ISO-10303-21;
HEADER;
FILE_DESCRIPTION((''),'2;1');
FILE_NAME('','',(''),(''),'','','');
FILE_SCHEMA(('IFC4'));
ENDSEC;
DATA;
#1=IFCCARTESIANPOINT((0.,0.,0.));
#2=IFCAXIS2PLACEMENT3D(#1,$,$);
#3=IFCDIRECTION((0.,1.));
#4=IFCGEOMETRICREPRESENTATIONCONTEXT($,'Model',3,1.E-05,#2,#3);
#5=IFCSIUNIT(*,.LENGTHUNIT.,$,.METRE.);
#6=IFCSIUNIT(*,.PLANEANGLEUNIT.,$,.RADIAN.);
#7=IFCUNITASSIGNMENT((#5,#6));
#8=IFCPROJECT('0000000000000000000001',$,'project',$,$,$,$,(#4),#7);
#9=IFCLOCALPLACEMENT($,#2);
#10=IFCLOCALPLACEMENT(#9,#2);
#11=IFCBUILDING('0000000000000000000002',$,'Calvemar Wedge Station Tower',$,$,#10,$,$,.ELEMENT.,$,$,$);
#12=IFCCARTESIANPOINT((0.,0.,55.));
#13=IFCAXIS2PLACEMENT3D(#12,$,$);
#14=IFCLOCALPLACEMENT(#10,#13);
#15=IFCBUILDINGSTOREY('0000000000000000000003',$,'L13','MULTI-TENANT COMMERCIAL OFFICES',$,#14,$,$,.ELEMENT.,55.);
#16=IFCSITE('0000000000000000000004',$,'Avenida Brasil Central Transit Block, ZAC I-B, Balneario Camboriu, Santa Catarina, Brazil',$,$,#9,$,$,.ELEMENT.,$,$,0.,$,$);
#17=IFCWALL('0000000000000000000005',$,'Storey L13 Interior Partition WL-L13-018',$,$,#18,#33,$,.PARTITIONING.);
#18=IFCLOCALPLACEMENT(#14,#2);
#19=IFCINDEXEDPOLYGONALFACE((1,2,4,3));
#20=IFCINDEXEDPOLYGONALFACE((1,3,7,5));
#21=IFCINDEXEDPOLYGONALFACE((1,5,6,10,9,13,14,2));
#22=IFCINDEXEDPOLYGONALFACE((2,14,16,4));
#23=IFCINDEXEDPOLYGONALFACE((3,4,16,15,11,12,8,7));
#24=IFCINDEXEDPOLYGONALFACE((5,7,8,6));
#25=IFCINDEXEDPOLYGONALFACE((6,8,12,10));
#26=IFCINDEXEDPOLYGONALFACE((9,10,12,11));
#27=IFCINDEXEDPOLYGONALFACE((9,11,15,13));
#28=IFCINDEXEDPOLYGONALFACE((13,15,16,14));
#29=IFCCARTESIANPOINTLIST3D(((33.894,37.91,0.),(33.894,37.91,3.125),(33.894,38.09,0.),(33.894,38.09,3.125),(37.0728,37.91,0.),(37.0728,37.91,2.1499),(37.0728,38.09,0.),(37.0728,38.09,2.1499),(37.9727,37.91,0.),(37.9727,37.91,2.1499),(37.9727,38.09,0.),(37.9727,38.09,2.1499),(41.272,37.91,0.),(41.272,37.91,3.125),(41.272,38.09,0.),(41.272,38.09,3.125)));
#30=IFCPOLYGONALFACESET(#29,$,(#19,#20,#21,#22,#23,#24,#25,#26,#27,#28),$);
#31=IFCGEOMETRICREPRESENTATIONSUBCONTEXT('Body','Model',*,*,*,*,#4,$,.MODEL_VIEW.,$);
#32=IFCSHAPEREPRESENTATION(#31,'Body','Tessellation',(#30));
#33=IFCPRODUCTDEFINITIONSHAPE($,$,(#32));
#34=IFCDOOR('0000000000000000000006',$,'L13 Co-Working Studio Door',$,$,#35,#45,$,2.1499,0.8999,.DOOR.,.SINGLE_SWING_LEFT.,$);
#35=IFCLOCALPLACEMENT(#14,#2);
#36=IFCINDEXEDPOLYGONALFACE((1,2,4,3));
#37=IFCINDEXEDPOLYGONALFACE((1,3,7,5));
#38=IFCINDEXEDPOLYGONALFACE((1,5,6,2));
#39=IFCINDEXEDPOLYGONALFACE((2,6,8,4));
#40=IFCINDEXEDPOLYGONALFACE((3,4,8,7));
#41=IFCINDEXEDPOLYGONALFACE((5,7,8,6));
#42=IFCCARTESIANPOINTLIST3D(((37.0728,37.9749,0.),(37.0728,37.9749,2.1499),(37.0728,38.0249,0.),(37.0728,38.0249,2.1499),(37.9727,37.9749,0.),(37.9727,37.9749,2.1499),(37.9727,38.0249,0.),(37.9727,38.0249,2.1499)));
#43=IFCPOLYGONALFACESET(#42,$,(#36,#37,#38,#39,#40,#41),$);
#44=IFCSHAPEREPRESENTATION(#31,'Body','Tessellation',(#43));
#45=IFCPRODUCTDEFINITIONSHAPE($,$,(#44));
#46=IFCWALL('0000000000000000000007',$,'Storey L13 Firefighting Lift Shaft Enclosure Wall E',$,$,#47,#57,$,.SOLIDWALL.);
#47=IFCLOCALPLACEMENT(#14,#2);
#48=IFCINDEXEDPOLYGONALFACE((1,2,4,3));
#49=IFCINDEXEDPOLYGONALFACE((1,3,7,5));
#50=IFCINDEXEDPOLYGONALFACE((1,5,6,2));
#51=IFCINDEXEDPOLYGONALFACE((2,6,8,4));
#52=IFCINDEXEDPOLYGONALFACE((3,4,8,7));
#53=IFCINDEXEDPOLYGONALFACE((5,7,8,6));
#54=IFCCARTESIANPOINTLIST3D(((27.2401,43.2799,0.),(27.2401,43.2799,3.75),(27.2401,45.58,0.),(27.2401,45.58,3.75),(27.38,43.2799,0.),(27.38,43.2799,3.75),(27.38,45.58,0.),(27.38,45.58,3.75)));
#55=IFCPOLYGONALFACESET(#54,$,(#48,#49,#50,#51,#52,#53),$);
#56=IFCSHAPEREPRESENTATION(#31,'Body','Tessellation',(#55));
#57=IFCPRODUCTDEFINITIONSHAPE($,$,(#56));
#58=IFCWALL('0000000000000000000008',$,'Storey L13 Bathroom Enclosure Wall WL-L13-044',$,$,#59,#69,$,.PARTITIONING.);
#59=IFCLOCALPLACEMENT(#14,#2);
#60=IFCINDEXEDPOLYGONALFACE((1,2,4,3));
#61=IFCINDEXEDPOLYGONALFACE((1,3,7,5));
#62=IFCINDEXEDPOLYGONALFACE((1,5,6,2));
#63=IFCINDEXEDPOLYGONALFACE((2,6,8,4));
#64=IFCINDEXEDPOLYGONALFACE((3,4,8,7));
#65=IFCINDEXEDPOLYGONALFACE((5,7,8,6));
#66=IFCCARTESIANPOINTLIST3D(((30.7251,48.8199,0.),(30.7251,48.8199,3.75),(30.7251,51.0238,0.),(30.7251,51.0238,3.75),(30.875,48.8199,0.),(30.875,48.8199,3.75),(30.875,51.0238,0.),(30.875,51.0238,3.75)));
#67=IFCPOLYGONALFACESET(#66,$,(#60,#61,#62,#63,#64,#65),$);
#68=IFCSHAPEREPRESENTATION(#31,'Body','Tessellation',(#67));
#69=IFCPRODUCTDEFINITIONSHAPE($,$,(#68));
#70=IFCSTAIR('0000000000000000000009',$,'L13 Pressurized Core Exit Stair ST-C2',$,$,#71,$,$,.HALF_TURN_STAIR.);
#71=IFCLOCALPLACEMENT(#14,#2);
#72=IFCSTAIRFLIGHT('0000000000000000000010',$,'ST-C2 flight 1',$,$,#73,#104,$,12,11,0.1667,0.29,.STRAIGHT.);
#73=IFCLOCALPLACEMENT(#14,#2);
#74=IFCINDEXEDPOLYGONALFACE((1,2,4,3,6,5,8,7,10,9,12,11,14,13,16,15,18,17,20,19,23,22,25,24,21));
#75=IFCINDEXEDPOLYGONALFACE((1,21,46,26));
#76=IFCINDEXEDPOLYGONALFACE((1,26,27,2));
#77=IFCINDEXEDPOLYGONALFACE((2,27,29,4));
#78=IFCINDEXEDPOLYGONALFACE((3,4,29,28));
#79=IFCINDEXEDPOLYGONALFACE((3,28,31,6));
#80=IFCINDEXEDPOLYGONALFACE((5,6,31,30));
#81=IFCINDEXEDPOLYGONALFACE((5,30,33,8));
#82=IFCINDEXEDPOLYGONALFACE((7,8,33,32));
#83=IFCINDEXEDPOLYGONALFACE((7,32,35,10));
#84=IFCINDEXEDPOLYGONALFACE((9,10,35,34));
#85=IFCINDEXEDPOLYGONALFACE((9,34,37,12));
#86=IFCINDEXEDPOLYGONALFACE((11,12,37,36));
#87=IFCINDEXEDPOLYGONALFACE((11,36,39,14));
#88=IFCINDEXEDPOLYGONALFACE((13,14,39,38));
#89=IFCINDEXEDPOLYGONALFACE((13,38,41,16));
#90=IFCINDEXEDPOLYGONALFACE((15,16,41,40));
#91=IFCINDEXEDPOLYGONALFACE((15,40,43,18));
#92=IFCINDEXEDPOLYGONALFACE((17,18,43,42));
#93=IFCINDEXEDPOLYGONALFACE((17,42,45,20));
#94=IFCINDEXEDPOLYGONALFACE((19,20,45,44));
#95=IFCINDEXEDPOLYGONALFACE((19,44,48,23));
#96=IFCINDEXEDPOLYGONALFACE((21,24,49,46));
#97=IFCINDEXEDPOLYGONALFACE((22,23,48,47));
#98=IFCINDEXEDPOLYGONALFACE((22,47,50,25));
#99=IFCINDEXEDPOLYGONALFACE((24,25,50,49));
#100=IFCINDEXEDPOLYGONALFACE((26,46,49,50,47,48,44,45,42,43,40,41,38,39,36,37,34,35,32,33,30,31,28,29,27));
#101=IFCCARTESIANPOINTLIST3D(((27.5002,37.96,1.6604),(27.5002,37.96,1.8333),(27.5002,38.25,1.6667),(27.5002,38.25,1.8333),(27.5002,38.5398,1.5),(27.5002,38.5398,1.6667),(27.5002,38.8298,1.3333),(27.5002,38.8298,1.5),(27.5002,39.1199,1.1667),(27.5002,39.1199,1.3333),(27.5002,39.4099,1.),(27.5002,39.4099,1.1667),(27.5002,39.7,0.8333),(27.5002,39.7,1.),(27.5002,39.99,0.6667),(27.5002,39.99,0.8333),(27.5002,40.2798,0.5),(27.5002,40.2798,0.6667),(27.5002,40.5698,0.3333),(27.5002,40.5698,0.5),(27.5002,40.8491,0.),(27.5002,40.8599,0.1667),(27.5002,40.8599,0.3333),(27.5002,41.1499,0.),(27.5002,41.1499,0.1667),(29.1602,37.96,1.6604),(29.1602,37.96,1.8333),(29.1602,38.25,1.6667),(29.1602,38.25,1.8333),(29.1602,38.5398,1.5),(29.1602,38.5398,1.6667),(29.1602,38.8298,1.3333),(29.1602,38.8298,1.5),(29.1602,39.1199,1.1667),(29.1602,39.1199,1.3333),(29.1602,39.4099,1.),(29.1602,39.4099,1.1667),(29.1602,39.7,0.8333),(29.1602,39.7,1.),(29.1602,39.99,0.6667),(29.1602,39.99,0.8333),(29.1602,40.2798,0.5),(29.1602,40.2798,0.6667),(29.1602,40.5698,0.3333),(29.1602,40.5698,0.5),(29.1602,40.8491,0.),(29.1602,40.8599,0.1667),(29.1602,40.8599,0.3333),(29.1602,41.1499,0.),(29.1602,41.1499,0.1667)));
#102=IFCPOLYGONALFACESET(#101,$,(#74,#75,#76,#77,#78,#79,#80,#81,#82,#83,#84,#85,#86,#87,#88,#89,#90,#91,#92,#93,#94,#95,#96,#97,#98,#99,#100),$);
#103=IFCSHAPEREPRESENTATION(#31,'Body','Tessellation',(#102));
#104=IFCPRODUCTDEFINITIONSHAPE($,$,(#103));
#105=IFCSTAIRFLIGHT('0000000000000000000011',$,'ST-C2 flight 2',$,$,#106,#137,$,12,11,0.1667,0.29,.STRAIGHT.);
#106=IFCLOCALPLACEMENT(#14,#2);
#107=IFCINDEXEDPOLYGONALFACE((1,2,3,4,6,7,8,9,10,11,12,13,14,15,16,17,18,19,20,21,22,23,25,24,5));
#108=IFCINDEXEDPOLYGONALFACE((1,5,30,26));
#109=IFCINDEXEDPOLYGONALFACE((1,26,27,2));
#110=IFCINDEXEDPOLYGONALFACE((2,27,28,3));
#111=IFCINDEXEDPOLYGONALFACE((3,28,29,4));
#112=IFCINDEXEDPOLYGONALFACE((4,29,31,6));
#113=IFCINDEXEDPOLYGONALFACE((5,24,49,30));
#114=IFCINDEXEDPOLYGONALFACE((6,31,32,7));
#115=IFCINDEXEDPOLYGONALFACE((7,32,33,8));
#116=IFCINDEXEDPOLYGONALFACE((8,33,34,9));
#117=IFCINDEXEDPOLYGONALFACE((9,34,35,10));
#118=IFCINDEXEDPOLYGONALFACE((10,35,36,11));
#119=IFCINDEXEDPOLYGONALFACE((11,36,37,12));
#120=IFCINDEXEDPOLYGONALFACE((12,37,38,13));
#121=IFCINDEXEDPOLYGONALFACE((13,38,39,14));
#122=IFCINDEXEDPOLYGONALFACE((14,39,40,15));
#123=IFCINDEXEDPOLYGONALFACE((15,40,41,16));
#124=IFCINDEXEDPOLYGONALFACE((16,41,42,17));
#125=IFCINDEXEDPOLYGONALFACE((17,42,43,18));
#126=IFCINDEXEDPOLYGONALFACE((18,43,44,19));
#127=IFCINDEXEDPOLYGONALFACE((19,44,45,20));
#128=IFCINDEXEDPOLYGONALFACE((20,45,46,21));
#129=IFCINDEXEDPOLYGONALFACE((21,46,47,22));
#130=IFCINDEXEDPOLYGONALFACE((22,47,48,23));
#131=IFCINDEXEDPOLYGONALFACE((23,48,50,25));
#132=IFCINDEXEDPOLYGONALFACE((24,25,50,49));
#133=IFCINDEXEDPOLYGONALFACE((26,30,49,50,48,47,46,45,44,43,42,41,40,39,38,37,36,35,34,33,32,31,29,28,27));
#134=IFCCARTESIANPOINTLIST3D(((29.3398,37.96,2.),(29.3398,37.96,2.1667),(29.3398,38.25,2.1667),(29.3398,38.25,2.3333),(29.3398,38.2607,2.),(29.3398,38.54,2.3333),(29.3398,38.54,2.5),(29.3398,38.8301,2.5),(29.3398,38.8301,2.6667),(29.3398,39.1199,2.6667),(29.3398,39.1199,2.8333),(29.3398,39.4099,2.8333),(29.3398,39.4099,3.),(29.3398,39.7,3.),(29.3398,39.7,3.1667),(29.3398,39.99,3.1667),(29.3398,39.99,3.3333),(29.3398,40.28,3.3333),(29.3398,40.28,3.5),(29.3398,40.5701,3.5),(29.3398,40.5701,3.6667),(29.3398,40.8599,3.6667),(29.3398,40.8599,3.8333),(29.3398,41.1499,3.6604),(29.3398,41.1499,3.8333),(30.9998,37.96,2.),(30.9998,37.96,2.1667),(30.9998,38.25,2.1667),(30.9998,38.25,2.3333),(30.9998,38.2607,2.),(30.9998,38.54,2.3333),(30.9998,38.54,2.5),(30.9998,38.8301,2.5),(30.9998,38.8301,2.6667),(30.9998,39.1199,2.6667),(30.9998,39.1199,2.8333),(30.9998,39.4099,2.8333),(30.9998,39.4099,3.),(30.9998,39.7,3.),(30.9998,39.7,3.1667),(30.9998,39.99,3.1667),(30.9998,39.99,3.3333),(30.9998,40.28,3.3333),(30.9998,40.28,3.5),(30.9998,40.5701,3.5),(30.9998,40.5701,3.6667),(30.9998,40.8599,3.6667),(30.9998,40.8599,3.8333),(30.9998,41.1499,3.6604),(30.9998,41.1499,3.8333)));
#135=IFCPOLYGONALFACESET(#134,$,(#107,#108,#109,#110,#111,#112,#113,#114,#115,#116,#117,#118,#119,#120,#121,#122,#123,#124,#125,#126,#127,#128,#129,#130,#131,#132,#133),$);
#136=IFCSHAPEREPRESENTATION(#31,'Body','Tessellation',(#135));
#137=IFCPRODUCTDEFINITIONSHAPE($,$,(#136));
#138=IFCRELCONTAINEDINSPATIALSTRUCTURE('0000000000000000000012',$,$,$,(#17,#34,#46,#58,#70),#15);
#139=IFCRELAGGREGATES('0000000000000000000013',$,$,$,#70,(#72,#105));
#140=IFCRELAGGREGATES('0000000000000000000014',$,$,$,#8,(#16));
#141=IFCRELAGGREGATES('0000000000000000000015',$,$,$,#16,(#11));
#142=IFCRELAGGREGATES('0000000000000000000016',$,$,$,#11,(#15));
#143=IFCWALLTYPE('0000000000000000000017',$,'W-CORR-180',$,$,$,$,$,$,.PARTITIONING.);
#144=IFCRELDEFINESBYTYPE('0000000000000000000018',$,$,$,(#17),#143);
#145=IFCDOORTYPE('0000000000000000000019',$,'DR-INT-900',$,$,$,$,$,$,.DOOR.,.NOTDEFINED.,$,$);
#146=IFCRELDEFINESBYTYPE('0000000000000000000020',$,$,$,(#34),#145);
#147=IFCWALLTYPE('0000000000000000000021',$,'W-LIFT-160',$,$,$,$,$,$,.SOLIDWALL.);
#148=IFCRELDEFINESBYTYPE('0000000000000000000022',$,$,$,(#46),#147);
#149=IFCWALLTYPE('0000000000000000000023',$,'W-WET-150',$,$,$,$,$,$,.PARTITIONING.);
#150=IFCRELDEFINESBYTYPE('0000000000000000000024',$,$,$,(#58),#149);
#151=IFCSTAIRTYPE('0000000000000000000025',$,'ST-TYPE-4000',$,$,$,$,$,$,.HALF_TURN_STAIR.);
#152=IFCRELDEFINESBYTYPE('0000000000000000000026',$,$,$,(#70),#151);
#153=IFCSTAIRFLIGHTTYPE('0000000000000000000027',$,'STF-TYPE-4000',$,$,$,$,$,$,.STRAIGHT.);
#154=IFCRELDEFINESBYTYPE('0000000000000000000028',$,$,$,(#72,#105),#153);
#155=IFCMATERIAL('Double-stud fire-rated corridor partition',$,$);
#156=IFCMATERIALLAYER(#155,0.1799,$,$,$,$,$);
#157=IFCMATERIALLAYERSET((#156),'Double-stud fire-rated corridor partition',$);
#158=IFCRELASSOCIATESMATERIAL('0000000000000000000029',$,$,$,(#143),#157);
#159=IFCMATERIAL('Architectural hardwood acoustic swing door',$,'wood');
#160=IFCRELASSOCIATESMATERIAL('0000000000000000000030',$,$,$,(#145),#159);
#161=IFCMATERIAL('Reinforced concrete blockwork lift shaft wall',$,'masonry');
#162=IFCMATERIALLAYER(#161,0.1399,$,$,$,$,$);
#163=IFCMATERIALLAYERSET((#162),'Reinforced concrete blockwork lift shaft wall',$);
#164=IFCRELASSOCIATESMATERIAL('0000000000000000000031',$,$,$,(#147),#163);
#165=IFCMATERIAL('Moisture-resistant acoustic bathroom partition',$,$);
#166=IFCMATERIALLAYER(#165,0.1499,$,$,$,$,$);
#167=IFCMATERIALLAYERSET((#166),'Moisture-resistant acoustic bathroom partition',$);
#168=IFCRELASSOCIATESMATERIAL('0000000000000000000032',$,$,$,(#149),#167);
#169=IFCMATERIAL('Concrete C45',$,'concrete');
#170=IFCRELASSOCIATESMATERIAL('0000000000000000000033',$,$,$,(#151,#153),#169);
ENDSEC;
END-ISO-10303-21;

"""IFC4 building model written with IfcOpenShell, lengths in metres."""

from ifc_helpers import new_model, si_unit, direction, frame, frame_2d, origin, place, context, subcontext, project, spatial, polyline, rectangle, outline, extrude, source, transform, mapped, material, layer, layer_set, type_object, element, fill, aggregate, save


model = new_model("IFC4")

# Units and contexts
model_context = context("Model", 3, precision=1e-05, world=origin(), true_north=direction((0.0, 1.0)))
body_context = subcontext(model_context, "Body", "Model", "MODEL_VIEW")
ifc_project = project(units=[si_unit("LENGTHUNIT", "METRE"), si_unit("PLANEANGLEUNIT", "RADIAN")], contexts=[model_context])

# Site, building, storey
site_placement = place(None, origin())
site = spatial("IfcSite", under=ifc_project, at=site_placement, Name="Avenida Brasil Central Transit Block, ZAC I-B, Balneario Camboriu, Santa Catarina, Brazil", CompositionType="ELEMENT", RefElevation=0.0)
building_placement = place(site_placement, origin())
building = spatial("IfcBuilding", under=site, at=building_placement, Name="Calvemar Wedge Station Tower", CompositionType="ELEMENT")
storey_placement = place(building_placement, frame((0.0, 0.0, 55.0)))
storey = spatial("IfcBuildingStorey", under=building, at=storey_placement, Name="L13", Description="MULTI-TENANT COMMERCIAL OFFICES", CompositionType="ELEMENT", Elevation=55.0)

# Shared definitions
ifc_material_1 = material(Name="Double-stud fire-rated corridor partition")
ifc_layer_1 = layer(ifc_material_1, 0.1799)
ifc_layer_set_1 = layer_set([ifc_layer_1], Name="Double-stud fire-rated corridor partition")
wall_type_1 = type_object("IfcWallType", Name="W-CORR-180", PredefinedType="PARTITIONING", material=ifc_layer_set_1)
shared_shape_1 = source(origin(), body_context, "Body", "SweptSolid", [
    extrude(rectangle(XDim=0.8999, YDim=2.1499, at=frame_2d((0.45, 1.075))), frame((0.0, 0.1001, 0.0), z_axis=(0.0, -1.0, 0.0), x_axis=(1.0, 0.0, 0.0)), (0.0, 0.0, 1.0), 0.2),
])

# Wall, opening, door
wall_1_placement = place(storey_placement, frame((33.894, 38.0, 0.0), z_axis=(0.0, 0.0, 1.0), x_axis=(1.0, 0.0, 0.0)))
wall_1 = element("IfcWall", 1, at=wall_1_placement, inside=storey, type_object=wall_type_1, Name="Storey L13 Interior Partition WL-L13-018", PredefinedType="PARTITIONING", context=body_context, shape_type="SweptSolid", body=[
    extrude(rectangle(XDim=7.3779, YDim=0.1799, at=frame_2d((3.689, 0.0))), origin(), (0.0, 0.0, 1.0), 3.125),
])
opening_1_placement = place(wall_1_placement, frame((3.1787, 0.0, 0.0)))
opening_1 = element("IfcOpeningElement", 2, at=opening_1_placement, cuts=wall_1, PredefinedType="OPENING", context=body_context, shape_type="MappedRepresentation", body=[
    mapped(shared_shape_1, transform((0.0, 0.0, 0.0), scale=1.0)),
])
ifc_material_2 = material(Name="Architectural hardwood acoustic swing door", Category="wood")
door_type_1 = type_object("IfcDoorType", Name="DR-INT-900", OperationType="NOTDEFINED", PredefinedType="DOOR", material=ifc_material_2)
shared_shape_2 = source(origin(), body_context, "Body", "SweptSolid", [
    extrude(rectangle(XDim=0.8999, YDim=2.1499, at=frame_2d((0.45, 1.075))), frame((0.0, 0.0249, 0.0), z_axis=(0.0, -1.0, 0.0), x_axis=(1.0, 0.0, 0.0)), (0.0, 0.0, 1.0), 0.05),
])
door_1_placement = place(opening_1_placement, origin())
door_1 = element("IfcDoor", 3, at=door_1_placement, inside=storey, type_object=door_type_1, Name="L13 Co-Working Studio Door", OperationType="SINGLE_SWING_LEFT", OverallHeight=2.1499, OverallWidth=0.8999, PredefinedType="DOOR", context=body_context, shape_type="MappedRepresentation", body=[
    mapped(shared_shape_2, transform((0.0, 0.0, 0.0), scale=1.0)),
])
fill(opening_1, door_1)

# Walls
ifc_material_3 = material(Name="Reinforced concrete blockwork lift shaft wall", Category="masonry")
ifc_layer_2 = layer(ifc_material_3, 0.1399)
ifc_layer_set_2 = layer_set([ifc_layer_2], Name="Reinforced concrete blockwork lift shaft wall")
wall_type_2 = type_object("IfcWallType", Name="W-LIFT-160", PredefinedType="SOLIDWALL", material=ifc_layer_set_2)
wall_2_placement = place(storey_placement, frame((27.3101, 43.28, 0.0), z_axis=(0.0, 0.0, 1.0), x_axis=(0.0, 1.0, 0.0)))
element("IfcWall", 4, at=wall_2_placement, inside=storey, type_object=wall_type_2, Name="Storey L13 Firefighting Lift Shaft Enclosure Wall E", PredefinedType="SOLIDWALL", context=body_context, shape_type="SweptSolid", body=[
    extrude(rectangle(XDim=2.3, YDim=0.1399, at=frame_2d((1.1499, 0.0))), origin(), (0.0, 0.0, 1.0), 3.75),
])
ifc_material_4 = material(Name="Moisture-resistant acoustic bathroom partition")
ifc_layer_3 = layer(ifc_material_4, 0.1499)
ifc_layer_set_3 = layer_set([ifc_layer_3], Name="Moisture-resistant acoustic bathroom partition")
wall_type_3 = type_object("IfcWallType", Name="W-WET-150", PredefinedType="PARTITIONING", material=ifc_layer_set_3)
wall_3_placement = place(storey_placement, frame((30.8, 51.0239, 0.0), z_axis=(0.0, 0.0, 1.0), x_axis=(0.0, -1.0, 0.0)))
element("IfcWall", 5, at=wall_3_placement, inside=storey, type_object=wall_type_3, Name="Storey L13 Bathroom Enclosure Wall WL-L13-044", PredefinedType="PARTITIONING", context=body_context, shape_type="SweptSolid", body=[
    extrude(rectangle(XDim=2.2039, YDim=0.1499, at=frame_2d((1.1021, 0.0))), origin(), (0.0, 0.0, 1.0), 3.75),
])

# Stair, stair flights
ifc_material_5 = material(Name="Concrete C45", Category="concrete")
stair_type = type_object("IfcStairType", Name="ST-TYPE-4000", PredefinedType="HALF_TURN_STAIR", material=ifc_material_5)
stair_placement = place(storey_placement, origin())
stair = element("IfcStair", 6, at=stair_placement, inside=storey, type_object=stair_type, Name="L13 Pressurized Core Exit Stair ST-C2", PredefinedType="HALF_TURN_STAIR")
stair_flight_type = type_object("IfcStairFlightType", Name="STF-TYPE-4000", PredefinedType="STRAIGHT", material=ifc_material_5)
stair_flight_1_placement = place(storey_placement, frame((28.3301, 41.1499, 0.0), z_axis=(0.0, 0.0, 1.0), x_axis=(0.0, -1.0, 0.0)))
stair_flight_1 = element("IfcStairFlight", 7, at=stair_flight_1_placement, type_object=stair_flight_type, Name="ST-C2 flight 1", NumberOfRisers=12, NumberOfTreads=11, PredefinedType="STRAIGHT", RiserHeight=0.1667, TreadLength=0.29, context=body_context, shape_type="SweptSolid", body=[
    extrude(outline(polyline([(0.0, 0.0), (0.0, 0.1667), (0.29, 0.1667), (0.29, 0.3333), (0.5801, 0.3333), (0.5801, 0.5), (0.8701, 0.5), (0.8701, 0.6667), (1.1599, 0.6667), (1.1599, 0.8333), (1.45, 0.8333), (1.45, 1.0), (1.74, 1.0), (1.74, 1.1667), (2.03, 1.1667), (2.03, 1.3333), (2.3201, 1.3333), (2.3201, 1.5), (2.6101, 1.5), (2.6101, 1.6667), (2.8999, 1.6667), (2.8999, 1.8333), (3.1899, 1.8333), (3.1899, 2.0), (3.1899, 1.6604), (0.3008, 0.0), (0.0, 0.0)])), frame((0.0, 0.8301, 0.0), z_axis=(0.0, -1.0, 0.0), x_axis=(1.0, 0.0, 0.0)), (0.0, 0.0, 1.0), 1.6599),
])
stair_flight_2_placement = place(storey_placement, frame((30.1699, 37.96, 2.0), z_axis=(0.0, 0.0, 1.0), x_axis=(0.0, 1.0, 0.0)))
stair_flight_2 = element("IfcStairFlight", 8, at=stair_flight_2_placement, type_object=stair_flight_type, Name="ST-C2 flight 2", NumberOfRisers=12, NumberOfTreads=11, PredefinedType="STRAIGHT", RiserHeight=0.1667, TreadLength=0.29, context=body_context, shape_type="SweptSolid", body=[
    extrude(outline(polyline([(0.0, 0.0), (0.0, 0.1667), (0.29, 0.1667), (0.29, 0.3333), (0.5801, 0.3333), (0.5801, 0.5), (0.8701, 0.5), (0.8701, 0.6667), (1.1599, 0.6667), (1.1599, 0.8333), (1.45, 0.8333), (1.45, 1.0), (1.74, 1.0), (1.74, 1.1667), (2.03, 1.1667), (2.03, 1.3333), (2.3201, 1.3333), (2.3201, 1.5), (2.6101, 1.5), (2.6101, 1.6667), (2.8999, 1.6667), (2.8999, 1.8333), (3.1899, 1.8333), (3.1899, 2.0), (3.1899, 1.6604), (0.3008, 0.0), (0.0, 0.0)])), frame((0.0, 0.8301, 0.0), z_axis=(0.0, -1.0, 0.0), x_axis=(1.0, 0.0, 0.0)), (0.0, 0.0, 1.0), 1.6599),
])
aggregate(stair, [stair_flight_1, stair_flight_2])

save(model, "model.ifc")
